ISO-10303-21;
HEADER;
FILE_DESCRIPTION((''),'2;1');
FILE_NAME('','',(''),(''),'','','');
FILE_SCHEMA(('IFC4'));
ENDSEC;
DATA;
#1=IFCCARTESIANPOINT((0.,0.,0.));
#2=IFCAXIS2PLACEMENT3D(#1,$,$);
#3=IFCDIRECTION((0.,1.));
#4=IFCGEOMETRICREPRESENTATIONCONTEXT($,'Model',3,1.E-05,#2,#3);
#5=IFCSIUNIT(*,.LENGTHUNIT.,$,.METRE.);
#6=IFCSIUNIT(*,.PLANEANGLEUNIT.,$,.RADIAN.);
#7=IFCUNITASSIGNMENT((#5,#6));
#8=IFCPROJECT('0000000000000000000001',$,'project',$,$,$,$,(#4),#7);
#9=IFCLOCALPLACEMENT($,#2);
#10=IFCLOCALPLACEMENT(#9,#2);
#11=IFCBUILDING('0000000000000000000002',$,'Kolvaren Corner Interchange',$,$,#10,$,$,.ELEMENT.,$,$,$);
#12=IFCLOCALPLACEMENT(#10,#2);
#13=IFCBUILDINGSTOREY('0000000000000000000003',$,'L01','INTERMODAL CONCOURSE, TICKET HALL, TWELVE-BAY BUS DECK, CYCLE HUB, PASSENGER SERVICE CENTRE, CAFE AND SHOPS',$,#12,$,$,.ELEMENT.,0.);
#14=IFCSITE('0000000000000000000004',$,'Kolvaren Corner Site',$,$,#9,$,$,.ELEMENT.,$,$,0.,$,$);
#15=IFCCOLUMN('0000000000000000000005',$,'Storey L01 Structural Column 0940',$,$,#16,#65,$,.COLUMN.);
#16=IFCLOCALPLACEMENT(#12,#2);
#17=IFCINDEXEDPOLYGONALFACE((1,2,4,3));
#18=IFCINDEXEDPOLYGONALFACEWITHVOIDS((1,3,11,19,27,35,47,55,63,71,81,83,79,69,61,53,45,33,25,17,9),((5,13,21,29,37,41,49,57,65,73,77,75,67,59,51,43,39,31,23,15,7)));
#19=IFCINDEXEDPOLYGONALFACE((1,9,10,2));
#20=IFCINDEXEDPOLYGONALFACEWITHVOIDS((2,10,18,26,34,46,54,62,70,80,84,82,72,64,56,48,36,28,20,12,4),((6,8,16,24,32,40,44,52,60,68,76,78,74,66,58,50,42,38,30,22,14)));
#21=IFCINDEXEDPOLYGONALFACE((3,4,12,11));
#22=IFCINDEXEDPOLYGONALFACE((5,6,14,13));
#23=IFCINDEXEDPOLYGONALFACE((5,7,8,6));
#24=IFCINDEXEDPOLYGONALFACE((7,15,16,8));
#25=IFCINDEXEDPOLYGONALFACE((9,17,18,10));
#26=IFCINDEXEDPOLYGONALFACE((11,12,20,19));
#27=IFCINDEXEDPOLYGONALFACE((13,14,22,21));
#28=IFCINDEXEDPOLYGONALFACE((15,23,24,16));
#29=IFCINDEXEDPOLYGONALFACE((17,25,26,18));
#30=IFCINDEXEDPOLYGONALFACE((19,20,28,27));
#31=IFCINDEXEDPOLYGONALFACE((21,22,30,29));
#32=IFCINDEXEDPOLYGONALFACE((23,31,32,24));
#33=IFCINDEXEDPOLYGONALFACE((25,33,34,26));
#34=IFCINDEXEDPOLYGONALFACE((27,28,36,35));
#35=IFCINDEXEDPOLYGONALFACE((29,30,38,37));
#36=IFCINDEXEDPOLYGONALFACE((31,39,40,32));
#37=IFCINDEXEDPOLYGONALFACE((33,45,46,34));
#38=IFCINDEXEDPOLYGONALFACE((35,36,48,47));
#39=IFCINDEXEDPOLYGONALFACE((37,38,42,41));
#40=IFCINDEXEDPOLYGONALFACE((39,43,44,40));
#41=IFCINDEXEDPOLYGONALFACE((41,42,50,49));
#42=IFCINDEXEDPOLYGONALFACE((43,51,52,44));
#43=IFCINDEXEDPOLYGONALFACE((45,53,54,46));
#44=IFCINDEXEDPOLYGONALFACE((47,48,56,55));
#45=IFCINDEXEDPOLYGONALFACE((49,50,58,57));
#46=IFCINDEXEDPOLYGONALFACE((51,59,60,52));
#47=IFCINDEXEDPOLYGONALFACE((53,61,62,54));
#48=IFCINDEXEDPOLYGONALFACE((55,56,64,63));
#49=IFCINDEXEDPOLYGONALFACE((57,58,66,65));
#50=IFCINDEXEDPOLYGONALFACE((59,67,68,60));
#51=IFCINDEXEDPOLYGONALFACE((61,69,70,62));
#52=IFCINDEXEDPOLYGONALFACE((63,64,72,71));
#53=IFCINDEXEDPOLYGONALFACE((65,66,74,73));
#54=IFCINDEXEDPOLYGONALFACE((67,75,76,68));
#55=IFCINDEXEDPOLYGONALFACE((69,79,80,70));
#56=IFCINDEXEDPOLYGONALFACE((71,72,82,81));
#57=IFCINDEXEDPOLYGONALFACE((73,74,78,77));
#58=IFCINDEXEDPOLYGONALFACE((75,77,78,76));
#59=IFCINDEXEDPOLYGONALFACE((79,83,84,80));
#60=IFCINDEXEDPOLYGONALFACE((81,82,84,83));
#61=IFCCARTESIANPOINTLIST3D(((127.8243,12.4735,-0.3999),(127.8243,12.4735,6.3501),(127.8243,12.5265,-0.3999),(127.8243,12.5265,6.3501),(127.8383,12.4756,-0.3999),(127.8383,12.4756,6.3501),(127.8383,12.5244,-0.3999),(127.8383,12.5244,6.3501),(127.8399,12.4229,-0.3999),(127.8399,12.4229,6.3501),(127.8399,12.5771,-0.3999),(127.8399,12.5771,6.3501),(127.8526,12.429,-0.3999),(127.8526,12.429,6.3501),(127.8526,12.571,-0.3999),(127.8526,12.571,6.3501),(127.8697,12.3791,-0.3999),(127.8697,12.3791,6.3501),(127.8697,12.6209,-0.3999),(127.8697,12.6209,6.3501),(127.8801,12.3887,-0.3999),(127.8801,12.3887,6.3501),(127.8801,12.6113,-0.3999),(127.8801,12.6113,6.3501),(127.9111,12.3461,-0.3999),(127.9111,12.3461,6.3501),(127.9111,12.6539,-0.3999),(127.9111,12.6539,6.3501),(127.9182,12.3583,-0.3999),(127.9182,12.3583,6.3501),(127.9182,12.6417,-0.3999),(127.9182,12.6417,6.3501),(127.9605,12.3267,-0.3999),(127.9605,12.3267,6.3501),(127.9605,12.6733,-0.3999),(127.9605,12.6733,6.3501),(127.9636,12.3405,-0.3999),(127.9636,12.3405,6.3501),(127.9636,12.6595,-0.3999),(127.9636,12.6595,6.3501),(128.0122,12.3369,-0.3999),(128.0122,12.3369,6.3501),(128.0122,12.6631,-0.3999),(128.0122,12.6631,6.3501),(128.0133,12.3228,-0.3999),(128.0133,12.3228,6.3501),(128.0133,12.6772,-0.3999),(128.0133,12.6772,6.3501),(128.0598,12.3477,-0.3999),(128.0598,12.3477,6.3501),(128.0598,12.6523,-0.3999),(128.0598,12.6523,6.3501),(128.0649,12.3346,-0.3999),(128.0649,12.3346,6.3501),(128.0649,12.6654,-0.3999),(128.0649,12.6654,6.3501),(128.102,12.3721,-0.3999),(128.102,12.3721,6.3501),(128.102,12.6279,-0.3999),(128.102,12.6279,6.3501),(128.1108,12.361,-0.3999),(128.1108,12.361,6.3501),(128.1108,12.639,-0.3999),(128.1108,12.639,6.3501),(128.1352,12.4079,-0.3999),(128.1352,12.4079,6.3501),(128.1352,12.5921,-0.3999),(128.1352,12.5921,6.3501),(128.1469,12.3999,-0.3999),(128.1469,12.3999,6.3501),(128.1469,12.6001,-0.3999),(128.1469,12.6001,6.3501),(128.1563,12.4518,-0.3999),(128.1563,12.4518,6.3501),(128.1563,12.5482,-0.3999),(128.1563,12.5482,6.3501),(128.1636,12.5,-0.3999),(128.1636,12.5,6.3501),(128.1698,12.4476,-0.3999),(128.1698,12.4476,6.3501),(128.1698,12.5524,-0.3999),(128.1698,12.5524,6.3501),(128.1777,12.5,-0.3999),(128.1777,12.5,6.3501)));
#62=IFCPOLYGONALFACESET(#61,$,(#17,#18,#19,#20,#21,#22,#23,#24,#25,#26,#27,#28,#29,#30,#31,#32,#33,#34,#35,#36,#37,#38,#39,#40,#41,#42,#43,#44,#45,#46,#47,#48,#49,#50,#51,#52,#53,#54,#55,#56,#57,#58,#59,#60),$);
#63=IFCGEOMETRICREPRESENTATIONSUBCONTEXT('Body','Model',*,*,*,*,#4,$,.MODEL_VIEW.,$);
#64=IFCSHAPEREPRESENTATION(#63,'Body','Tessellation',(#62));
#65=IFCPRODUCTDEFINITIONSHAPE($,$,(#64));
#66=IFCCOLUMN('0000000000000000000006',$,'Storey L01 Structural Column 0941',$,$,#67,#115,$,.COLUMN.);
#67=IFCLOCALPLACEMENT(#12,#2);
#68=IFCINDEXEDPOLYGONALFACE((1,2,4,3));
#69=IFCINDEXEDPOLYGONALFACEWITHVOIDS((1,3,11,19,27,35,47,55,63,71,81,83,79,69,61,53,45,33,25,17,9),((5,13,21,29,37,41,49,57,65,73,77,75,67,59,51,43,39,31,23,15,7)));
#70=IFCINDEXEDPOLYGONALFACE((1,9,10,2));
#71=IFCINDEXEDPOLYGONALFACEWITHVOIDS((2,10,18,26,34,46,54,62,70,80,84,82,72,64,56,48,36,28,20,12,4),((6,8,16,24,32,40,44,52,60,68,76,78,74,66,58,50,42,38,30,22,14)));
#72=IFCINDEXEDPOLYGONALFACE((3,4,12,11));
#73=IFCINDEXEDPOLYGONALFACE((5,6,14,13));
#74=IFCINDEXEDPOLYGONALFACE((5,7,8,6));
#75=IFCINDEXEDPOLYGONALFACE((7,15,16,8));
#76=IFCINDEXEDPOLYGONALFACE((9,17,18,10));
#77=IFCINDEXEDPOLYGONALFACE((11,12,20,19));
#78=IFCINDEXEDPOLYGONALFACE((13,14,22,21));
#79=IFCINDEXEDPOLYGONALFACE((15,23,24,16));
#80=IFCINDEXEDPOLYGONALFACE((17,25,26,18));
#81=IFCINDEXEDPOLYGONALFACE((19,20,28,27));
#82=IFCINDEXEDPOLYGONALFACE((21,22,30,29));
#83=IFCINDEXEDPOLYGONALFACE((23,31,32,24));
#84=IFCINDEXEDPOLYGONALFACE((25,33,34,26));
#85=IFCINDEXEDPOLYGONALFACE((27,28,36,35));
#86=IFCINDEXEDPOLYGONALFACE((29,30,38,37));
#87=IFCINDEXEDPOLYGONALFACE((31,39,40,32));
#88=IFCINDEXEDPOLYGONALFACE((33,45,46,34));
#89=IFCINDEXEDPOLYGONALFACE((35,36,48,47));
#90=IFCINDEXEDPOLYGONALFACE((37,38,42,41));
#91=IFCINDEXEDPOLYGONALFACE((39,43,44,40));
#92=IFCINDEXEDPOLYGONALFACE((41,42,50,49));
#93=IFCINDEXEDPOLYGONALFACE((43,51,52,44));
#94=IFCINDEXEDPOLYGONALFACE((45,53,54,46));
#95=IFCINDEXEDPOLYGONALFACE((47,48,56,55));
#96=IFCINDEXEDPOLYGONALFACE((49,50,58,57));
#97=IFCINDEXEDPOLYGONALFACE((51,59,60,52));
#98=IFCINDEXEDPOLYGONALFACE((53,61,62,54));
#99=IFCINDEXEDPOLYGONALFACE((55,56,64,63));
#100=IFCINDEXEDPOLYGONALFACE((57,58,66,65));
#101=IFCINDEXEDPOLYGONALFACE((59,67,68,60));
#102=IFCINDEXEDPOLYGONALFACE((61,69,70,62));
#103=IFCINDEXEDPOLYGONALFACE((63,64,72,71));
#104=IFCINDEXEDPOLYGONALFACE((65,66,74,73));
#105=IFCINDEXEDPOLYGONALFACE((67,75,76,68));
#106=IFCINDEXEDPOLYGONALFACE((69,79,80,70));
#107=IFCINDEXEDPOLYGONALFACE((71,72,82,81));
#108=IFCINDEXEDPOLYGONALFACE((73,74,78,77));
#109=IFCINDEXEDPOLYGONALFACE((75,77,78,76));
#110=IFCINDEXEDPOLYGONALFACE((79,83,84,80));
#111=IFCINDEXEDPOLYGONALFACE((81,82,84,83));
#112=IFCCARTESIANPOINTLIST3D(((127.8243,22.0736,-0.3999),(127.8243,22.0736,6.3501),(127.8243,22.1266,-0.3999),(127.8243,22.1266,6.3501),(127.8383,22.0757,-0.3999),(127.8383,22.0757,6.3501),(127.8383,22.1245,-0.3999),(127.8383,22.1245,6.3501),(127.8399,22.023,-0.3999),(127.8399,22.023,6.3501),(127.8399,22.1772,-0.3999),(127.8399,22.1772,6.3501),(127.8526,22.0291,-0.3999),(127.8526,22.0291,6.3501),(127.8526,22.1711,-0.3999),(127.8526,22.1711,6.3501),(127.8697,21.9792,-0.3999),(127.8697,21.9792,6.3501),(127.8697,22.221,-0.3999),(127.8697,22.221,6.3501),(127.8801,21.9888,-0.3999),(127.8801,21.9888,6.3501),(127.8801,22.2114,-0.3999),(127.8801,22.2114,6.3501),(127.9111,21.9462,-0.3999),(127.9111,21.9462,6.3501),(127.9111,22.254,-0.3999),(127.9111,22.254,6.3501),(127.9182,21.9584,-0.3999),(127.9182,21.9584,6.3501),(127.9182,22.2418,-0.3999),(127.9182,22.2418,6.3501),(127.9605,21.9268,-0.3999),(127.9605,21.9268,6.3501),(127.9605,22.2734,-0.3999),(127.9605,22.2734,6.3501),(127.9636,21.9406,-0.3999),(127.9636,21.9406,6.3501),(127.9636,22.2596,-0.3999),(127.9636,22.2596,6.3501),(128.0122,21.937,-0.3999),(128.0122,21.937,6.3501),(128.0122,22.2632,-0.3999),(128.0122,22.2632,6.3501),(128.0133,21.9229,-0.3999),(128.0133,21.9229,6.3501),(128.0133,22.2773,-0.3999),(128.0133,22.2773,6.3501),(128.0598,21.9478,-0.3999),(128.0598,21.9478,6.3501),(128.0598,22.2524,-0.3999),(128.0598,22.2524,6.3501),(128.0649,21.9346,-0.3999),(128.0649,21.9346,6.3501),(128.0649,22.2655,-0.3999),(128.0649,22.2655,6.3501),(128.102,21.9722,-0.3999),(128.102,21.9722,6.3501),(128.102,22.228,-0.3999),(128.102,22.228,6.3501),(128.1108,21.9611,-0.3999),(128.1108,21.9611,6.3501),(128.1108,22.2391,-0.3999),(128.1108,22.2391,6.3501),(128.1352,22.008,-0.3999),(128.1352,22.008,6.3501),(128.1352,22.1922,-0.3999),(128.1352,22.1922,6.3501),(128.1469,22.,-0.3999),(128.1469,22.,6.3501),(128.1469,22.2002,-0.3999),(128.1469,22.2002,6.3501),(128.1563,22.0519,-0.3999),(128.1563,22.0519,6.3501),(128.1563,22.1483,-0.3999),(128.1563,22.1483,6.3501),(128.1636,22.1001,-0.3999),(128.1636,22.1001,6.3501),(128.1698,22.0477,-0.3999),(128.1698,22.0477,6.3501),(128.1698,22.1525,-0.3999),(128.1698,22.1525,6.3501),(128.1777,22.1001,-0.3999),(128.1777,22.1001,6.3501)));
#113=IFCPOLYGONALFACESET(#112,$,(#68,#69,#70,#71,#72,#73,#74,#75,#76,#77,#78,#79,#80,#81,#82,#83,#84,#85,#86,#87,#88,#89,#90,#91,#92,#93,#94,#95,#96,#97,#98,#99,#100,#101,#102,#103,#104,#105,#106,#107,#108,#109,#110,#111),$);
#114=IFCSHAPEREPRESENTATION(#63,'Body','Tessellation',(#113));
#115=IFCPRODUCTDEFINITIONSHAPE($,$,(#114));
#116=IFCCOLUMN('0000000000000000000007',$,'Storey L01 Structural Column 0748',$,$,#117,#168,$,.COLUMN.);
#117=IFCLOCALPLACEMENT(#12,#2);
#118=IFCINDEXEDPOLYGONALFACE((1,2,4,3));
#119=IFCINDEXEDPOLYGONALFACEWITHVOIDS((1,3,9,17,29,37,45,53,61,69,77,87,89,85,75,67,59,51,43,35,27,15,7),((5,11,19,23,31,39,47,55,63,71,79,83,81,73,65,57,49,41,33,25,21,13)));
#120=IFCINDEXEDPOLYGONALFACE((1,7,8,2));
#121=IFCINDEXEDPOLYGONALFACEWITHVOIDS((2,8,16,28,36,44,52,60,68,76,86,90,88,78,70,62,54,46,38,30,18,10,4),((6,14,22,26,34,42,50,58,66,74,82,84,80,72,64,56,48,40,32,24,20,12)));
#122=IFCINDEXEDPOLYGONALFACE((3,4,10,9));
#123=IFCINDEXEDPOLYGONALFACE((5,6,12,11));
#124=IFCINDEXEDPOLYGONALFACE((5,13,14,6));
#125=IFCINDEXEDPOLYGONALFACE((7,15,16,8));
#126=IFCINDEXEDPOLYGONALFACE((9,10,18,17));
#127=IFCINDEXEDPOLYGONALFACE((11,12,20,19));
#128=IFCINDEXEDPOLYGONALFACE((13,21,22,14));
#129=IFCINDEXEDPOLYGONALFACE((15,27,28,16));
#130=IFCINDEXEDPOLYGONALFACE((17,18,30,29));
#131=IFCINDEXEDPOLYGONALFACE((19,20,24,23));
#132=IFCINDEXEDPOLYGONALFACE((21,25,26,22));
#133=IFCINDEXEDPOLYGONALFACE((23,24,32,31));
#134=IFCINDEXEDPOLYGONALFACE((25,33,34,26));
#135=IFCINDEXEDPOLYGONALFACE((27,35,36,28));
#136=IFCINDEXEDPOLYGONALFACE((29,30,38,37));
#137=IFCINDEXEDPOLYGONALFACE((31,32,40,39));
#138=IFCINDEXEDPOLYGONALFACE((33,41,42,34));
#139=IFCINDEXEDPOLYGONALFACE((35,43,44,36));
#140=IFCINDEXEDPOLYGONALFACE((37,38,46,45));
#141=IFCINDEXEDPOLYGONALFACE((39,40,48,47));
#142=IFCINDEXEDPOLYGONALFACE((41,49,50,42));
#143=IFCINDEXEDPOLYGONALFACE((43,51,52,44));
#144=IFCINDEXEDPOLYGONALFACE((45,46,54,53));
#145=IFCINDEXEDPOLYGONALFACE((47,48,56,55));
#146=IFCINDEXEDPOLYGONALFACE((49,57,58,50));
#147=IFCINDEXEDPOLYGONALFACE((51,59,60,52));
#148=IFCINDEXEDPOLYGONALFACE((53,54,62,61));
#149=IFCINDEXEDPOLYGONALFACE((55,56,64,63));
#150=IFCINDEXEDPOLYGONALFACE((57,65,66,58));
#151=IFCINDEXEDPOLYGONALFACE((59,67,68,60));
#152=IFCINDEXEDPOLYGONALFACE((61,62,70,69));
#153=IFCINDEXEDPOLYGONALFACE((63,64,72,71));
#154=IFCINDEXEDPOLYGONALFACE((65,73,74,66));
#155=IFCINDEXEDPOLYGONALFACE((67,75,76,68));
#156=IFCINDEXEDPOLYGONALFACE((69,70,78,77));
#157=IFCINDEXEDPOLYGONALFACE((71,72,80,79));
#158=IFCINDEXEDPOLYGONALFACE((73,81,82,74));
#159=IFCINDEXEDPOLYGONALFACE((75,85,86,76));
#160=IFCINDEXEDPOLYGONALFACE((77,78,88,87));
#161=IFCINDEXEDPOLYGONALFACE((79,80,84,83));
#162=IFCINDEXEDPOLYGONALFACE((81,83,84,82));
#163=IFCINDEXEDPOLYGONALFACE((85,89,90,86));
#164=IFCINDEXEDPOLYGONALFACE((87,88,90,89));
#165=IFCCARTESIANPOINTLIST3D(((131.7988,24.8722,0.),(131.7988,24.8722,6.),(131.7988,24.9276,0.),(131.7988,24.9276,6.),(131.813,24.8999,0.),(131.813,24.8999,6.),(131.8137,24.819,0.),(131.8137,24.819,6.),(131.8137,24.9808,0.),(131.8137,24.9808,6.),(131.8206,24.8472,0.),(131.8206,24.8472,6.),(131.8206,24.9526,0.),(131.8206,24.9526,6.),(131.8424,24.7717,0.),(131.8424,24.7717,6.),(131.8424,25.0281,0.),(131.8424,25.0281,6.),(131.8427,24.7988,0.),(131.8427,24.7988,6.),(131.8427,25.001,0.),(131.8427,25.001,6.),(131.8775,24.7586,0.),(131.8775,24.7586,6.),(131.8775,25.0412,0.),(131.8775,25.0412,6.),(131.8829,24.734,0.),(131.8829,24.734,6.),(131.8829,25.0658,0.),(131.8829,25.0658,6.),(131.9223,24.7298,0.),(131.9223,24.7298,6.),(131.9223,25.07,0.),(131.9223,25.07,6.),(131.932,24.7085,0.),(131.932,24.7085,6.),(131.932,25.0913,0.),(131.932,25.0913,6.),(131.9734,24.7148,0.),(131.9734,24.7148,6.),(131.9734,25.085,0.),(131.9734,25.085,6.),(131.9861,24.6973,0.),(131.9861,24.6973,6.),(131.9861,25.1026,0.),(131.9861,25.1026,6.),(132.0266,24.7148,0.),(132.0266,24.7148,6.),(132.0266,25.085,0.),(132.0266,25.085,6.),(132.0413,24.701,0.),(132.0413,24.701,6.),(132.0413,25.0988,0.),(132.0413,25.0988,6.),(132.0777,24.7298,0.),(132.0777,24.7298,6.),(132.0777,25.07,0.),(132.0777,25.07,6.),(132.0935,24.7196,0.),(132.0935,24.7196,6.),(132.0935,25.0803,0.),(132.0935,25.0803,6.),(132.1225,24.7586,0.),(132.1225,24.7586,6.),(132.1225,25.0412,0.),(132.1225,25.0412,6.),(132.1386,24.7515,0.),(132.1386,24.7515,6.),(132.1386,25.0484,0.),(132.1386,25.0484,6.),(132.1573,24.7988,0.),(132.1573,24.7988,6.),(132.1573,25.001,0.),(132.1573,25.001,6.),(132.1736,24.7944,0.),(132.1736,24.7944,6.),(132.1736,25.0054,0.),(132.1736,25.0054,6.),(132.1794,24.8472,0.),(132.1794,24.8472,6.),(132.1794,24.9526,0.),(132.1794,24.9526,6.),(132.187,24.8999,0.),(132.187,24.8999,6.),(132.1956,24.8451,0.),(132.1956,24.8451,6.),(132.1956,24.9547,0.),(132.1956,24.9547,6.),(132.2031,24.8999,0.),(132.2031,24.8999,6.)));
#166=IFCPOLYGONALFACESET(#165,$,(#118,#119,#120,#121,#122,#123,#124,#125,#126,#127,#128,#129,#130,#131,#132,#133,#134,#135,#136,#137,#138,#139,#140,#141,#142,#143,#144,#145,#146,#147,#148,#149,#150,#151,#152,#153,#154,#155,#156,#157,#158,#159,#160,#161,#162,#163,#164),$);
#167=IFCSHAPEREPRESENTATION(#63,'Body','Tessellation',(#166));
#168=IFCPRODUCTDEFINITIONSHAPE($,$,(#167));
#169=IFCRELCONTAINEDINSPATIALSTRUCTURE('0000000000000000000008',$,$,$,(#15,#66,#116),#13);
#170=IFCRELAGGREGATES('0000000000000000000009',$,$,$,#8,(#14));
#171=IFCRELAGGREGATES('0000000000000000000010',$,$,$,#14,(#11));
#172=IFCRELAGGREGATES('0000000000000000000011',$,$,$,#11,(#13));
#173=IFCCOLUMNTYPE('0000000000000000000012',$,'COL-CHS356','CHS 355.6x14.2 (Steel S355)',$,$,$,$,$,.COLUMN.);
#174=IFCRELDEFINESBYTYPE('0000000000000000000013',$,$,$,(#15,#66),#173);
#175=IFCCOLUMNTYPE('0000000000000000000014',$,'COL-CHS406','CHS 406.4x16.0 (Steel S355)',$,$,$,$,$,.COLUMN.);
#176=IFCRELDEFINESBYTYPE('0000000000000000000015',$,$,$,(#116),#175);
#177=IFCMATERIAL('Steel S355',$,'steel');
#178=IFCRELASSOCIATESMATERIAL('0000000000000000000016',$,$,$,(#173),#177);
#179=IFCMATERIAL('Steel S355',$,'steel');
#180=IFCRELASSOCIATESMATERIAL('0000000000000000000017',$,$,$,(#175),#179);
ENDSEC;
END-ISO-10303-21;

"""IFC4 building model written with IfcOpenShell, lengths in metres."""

from ifc_helpers import new_model, si_unit, direction, frame, origin, origin_2d, place, context, subcontext, project, spatial, hollow_circle, extrude, material, material_profile, profile_set, type_object, element, save


model = new_model("IFC4")

# Units and contexts
model_context = context("Model", 3, precision=1e-05, world=origin(), true_north=direction((0.0, 1.0)))
body_context = subcontext(model_context, "Body", "Model", "MODEL_VIEW")
ifc_project = project(units=[si_unit("LENGTHUNIT", "METRE"), si_unit("PLANEANGLEUNIT", "RADIAN")], contexts=[model_context])

# Site, building, storey
site_placement = place(None, origin())
site = spatial("IfcSite", under=ifc_project, at=site_placement, Name="Kolvaren Corner Site", CompositionType="ELEMENT", RefElevation=0.0)
building_placement = place(site_placement, origin())
building = spatial("IfcBuilding", under=site, at=building_placement, Name="Kolvaren Corner Interchange", CompositionType="ELEMENT")
storey_placement = place(building_placement, origin())
storey = spatial("IfcBuildingStorey", under=building, at=storey_placement, Name="L01", Description="INTERMODAL CONCOURSE, TICKET HALL, TWELVE-BAY BUS DECK, CYCLE HUB, PASSENGER SERVICE CENTRE, CAFE AND SHOPS", CompositionType="ELEMENT", Elevation=0.0)

# Columns
ifc_material_1 = material(Name="Steel S355", Category="steel")
ifc_material_profile_1 = material_profile(ifc_material_1, hollow_circle(Radius=0.1777, WallThickness=0.0142, at=origin_2d()), Name="CHS 355.6x14.2")
ifc_profile_set_1 = profile_set([ifc_material_profile_1], Name="Steel S355")
column_type_1 = type_object("IfcColumnType", Name="COL-CHS356", Description="CHS 355.6x14.2 (Steel S355)", PredefinedType="COLUMN", material=ifc_profile_set_1)
for number, where, z_axis, x_axis, name in (
    (1, (128.0, 12.5, -0.3999), (0.0, 0.0, 1.0), (1.0, 0.0, 0.0), "Storey L01 Structural Column 0940"),
    (2, (128.0, 22.1001, -0.3999), (0.0, 0.0, 1.0), (1.0, 0.0, 0.0), "Storey L01 Structural Column 0941"),
):
    element("IfcColumn", number, at=place(storey_placement, frame(where, z_axis=z_axis, x_axis=x_axis)), inside=storey, type_object=column_type_1, Name=name, PredefinedType="COLUMN", context=body_context, shape_type="SweptSolid", body=[
        extrude(hollow_circle(Radius=0.1777, WallThickness=0.0142, at=origin_2d()), origin(), (0.0, 0.0, 1.0), 6.75),
    ])
ifc_material_2 = material(Name="Steel S355", Category="steel")
ifc_material_profile_2 = material_profile(ifc_material_2, hollow_circle(Radius=0.2031, WallThickness=0.0161, at=origin_2d()), Name="CHS 406.4x16.0")
ifc_profile_set_2 = profile_set([ifc_material_profile_2], Name="Steel S355")
column_type_2 = type_object("IfcColumnType", Name="COL-CHS406", Description="CHS 406.4x16.0 (Steel S355)", PredefinedType="COLUMN", material=ifc_profile_set_2)
column_placement = place(storey_placement, frame((132.0, 24.8999, 0.0), z_axis=(0.0, 0.0, 1.0), x_axis=(1.0, 0.0, 0.0)))
element("IfcColumn", 3, at=column_placement, inside=storey, type_object=column_type_2, Name="Storey L01 Structural Column 0748", PredefinedType="COLUMN", context=body_context, shape_type="SweptSolid", body=[
    extrude(hollow_circle(Radius=0.2031, WallThickness=0.0161, at=origin_2d()), origin(), (0.0, 0.0, 1.0), 6.0),
])

save(model, "model.ifc")
